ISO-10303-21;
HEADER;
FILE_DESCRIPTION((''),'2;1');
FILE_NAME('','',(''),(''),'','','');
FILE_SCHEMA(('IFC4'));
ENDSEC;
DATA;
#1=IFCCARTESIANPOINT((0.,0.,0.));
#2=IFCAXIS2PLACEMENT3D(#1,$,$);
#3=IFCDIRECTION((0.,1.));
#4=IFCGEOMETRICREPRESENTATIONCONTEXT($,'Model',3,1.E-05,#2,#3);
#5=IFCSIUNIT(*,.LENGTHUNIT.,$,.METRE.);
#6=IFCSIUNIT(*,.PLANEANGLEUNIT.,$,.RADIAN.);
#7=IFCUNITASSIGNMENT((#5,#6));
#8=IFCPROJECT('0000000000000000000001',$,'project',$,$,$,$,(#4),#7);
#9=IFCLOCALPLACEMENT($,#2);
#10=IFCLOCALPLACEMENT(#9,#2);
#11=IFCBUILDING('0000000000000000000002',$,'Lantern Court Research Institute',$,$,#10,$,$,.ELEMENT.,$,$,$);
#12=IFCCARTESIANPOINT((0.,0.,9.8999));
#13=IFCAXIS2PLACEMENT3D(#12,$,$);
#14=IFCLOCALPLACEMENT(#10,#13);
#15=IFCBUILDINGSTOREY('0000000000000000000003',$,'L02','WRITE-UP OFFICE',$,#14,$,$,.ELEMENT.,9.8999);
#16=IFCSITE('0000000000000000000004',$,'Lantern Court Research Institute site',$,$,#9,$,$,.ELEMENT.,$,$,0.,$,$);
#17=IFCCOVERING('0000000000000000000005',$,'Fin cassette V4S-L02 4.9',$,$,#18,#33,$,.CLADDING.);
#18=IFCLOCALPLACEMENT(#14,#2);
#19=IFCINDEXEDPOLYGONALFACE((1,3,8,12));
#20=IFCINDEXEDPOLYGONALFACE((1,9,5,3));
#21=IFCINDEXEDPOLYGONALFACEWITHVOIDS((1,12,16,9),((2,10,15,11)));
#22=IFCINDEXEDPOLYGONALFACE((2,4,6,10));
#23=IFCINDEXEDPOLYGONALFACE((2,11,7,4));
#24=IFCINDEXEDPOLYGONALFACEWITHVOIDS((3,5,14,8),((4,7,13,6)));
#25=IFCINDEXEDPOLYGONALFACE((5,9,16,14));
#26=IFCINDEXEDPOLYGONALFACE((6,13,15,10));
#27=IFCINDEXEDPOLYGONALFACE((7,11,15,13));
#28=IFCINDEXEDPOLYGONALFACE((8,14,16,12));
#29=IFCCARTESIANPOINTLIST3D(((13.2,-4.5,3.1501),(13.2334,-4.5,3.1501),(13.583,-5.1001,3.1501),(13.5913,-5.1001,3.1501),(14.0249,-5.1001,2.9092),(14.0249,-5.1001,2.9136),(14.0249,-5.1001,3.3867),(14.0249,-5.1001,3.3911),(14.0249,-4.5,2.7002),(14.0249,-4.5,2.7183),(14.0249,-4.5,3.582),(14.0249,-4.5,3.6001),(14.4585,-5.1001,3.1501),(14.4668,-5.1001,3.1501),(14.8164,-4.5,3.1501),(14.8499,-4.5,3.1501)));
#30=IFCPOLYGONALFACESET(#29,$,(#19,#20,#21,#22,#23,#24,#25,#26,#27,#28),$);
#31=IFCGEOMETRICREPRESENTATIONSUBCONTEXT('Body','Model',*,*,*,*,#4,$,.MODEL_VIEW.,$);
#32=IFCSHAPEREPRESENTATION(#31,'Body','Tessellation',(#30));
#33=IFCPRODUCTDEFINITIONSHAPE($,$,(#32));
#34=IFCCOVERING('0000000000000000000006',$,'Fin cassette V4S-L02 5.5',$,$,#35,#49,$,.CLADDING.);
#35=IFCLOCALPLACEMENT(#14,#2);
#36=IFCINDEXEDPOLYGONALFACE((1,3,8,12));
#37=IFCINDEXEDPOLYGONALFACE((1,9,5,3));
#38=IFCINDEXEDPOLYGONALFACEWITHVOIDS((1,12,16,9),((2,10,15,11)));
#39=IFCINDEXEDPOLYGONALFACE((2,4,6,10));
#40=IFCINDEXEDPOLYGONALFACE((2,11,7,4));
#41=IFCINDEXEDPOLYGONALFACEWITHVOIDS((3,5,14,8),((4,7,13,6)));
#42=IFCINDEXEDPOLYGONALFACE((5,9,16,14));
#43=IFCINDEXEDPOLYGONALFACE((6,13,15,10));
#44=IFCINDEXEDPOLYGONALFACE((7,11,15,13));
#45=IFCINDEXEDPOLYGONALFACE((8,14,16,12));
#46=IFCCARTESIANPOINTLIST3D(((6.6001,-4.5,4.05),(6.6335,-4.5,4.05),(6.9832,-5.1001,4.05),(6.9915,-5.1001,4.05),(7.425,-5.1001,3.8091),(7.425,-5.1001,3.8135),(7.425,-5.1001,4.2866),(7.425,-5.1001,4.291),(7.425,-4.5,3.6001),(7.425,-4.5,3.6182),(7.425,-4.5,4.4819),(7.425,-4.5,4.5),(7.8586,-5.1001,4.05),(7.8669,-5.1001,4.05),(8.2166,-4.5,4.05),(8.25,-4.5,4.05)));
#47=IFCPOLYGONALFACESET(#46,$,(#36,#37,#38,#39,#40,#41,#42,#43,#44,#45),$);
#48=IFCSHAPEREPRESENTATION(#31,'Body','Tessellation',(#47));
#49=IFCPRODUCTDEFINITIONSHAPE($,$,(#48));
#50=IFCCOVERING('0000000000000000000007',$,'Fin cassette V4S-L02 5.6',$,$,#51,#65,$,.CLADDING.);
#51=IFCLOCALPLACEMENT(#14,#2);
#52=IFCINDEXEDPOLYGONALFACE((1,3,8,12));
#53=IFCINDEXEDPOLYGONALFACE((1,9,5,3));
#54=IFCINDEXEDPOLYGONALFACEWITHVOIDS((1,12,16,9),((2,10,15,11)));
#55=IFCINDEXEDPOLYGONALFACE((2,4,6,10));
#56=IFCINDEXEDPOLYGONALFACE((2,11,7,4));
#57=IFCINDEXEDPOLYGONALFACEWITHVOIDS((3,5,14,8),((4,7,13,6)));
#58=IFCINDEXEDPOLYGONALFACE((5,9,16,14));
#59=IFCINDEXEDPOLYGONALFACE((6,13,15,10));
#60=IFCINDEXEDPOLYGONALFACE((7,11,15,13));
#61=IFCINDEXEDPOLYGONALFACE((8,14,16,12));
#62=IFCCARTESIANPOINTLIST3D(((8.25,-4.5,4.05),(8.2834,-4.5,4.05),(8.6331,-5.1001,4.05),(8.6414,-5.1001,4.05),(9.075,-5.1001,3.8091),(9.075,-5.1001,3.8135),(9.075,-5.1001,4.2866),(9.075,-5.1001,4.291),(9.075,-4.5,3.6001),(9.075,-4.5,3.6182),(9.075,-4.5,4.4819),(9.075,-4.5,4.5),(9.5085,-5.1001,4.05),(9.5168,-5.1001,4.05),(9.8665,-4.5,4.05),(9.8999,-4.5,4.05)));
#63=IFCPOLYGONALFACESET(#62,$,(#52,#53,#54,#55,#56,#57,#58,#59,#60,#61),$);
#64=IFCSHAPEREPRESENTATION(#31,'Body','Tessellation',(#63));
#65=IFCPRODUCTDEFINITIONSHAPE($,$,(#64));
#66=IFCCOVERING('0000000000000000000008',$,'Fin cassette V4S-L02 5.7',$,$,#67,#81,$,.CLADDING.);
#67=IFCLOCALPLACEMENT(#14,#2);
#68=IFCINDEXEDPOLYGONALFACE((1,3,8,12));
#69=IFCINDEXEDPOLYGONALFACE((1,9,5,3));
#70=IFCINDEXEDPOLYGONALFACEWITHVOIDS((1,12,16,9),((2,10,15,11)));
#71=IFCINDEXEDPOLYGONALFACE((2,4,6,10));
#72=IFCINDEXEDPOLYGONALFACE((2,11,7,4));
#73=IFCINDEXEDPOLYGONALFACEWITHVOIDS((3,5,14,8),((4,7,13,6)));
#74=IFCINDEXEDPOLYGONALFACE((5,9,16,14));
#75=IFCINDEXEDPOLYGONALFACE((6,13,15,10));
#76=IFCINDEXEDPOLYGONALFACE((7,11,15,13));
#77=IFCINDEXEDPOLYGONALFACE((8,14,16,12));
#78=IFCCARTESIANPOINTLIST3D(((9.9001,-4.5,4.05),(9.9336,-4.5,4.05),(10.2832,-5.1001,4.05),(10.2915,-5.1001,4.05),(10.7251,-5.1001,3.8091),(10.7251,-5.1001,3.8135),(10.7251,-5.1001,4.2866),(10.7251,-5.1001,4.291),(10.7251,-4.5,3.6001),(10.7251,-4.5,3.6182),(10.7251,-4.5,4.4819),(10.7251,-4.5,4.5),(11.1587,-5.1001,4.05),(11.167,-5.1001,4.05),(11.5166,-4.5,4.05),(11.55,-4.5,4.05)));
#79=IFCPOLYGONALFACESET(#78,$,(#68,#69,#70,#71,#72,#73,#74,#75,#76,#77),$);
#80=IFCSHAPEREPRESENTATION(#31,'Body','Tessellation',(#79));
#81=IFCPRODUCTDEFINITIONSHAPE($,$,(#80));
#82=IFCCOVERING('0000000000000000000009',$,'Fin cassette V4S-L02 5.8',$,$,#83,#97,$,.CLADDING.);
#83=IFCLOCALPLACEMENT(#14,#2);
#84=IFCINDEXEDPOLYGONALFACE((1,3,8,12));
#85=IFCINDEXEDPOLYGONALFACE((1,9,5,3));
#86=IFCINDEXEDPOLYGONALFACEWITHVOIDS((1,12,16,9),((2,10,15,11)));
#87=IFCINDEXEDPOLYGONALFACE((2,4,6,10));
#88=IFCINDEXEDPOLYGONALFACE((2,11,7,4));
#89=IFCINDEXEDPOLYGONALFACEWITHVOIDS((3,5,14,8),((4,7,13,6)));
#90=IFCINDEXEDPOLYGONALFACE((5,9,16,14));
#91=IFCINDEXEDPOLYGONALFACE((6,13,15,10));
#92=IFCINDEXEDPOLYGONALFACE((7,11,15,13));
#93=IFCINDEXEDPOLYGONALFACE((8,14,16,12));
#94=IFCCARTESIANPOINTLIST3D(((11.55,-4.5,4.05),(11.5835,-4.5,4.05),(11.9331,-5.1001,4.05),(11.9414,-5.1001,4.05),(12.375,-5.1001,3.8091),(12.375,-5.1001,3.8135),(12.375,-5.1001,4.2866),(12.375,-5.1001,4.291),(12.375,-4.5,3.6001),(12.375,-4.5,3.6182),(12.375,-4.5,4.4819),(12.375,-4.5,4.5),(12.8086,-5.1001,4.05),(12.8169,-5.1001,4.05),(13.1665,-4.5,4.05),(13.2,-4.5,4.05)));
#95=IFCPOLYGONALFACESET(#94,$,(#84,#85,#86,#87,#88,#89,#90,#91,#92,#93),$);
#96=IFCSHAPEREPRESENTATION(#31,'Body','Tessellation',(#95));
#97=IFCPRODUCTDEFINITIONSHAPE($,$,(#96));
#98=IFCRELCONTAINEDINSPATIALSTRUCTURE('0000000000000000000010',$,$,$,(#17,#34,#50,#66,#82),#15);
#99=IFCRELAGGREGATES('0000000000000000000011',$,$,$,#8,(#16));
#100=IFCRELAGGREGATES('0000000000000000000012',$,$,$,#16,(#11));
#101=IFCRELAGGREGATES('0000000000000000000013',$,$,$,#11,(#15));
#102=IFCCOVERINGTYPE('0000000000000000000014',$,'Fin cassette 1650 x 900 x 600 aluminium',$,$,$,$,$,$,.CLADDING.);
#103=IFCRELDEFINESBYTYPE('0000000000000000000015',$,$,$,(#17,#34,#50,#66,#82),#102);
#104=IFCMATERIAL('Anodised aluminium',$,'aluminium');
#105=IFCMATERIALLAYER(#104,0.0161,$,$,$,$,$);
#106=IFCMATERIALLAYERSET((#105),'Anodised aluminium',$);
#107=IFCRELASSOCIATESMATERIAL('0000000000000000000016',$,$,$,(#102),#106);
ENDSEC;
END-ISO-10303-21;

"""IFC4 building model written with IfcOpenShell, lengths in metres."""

from ifc_helpers import new_model, entity, si_unit, direction, frame, origin, place, context, subcontext, project, spatial, material, layer, layer_set, type_object, element, save


model = new_model("IFC4")

# Units and contexts
model_context = context("Model", 3, precision=1e-05, world=origin(), true_north=direction((0.0, 1.0)))
body_context = subcontext(model_context, "Body", "Model", "MODEL_VIEW")
ifc_project = project(units=[si_unit("LENGTHUNIT", "METRE"), si_unit("PLANEANGLEUNIT", "RADIAN")], contexts=[model_context])

# Site, building, storey
site_placement = place(None, origin())
site = spatial("IfcSite", under=ifc_project, at=site_placement, Name="Lantern Court Research Institute site", CompositionType="ELEMENT", RefElevation=0.0)
building_placement = place(site_placement, origin())
building = spatial("IfcBuilding", under=site, at=building_placement, Name="Lantern Court Research Institute", CompositionType="ELEMENT")
storey_placement = place(building_placement, frame((0.0, 0.0, 9.8999)))
storey = spatial("IfcBuildingStorey", under=building, at=storey_placement, Name="L02", Description="WRITE-UP OFFICE", CompositionType="ELEMENT", Elevation=9.8999)

# Coverings
ifc_material_1 = material(Name="Anodised aluminium", Category="aluminium")
ifc_layer_1 = layer(ifc_material_1, 0.0161)
ifc_layer_set_1 = layer_set([ifc_layer_1], Name="Anodised aluminium")
covering_type = type_object("IfcCoveringType", Name="Fin cassette 1650 x 900 x 600 aluminium", PredefinedType="CLADDING", material=ifc_layer_set_1)
covering_1_placement = place(storey_placement, frame((14.0249, -4.5, 3.1501), z_axis=(0.0, -1.0, 0.0), x_axis=(1.0, 0.0, 0.0)))
cartesian_point_1 = entity("IfcCartesianPoint", [0.825, 0.0])
cartesian_point_2 = entity("IfcCartesianPoint", [0.7915, 0.0])
cartesian_point_3 = entity("IfcCartesianPoint", [0.4419, 0.0])
cartesian_point_4 = entity("IfcCartesianPoint", [0.4336, 0.0])
element("IfcCovering", 1, at=covering_1_placement, inside=storey, type_object=covering_type, Name="Fin cassette V4S-L02 4.9", PredefinedType="CLADDING", context=body_context, shape_type="SweptSolid", body=[
    entity("IfcExtrudedAreaSolidTapered", entity("IfcArbitraryProfileDefWithVoids", "AREA", None, entity("IfcPolyline", [cartesian_point_1, entity("IfcCartesianPoint", [0.0, 0.45]), entity("IfcCartesianPoint", [-0.825, 0.0]), entity("IfcCartesianPoint", [0.0, -0.45]), cartesian_point_1]), [entity("IfcPolyline", [cartesian_point_2, entity("IfcCartesianPoint", [0.0, 0.4319]), entity("IfcCartesianPoint", [-0.7915, 0.0]), entity("IfcCartesianPoint", [0.0, -0.4319]), cartesian_point_2])]), entity("IfcAxis2Placement3D", entity("IfcCartesianPoint", [0.0, 0.0, 0.0])), entity("IfcDirection", [0.0, 0.0, 1.0]), 0.6001, entity("IfcArbitraryProfileDefWithVoids", "AREA", None, entity("IfcPolyline", [cartesian_point_3, entity("IfcCartesianPoint", [0.0, 0.241]), entity("IfcCartesianPoint", [-0.4419, 0.0]), entity("IfcCartesianPoint", [0.0, -0.241]), cartesian_point_3]), [entity("IfcPolyline", [cartesian_point_4, entity("IfcCartesianPoint", [0.0, 0.2366]), entity("IfcCartesianPoint", [-0.4336, 0.0]), entity("IfcCartesianPoint", [0.0, -0.2366]), cartesian_point_4])])),
])
covering_2_placement = place(storey_placement, frame((7.425, -4.5, 4.05), z_axis=(0.0, -1.0, 0.0), x_axis=(1.0, 0.0, 0.0)))
cartesian_point_5 = entity("IfcCartesianPoint", [0.825, 0.0])
cartesian_point_6 = entity("IfcCartesianPoint", [0.7915, 0.0])
cartesian_point_7 = entity("IfcCartesianPoint", [0.4419, 0.0])
cartesian_point_8 = entity("IfcCartesianPoint", [0.4336, 0.0])
element("IfcCovering", 2, at=covering_2_placement, inside=storey, type_object=covering_type, Name="Fin cassette V4S-L02 5.5", PredefinedType="CLADDING", context=body_context, shape_type="SweptSolid", body=[
    entity("IfcExtrudedAreaSolidTapered", entity("IfcArbitraryProfileDefWithVoids", "AREA", None, entity("IfcPolyline", [cartesian_point_5, entity("IfcCartesianPoint", [0.0, 0.45]), entity("IfcCartesianPoint", [-0.825, 0.0]), entity("IfcCartesianPoint", [0.0, -0.45]), cartesian_point_5]), [entity("IfcPolyline", [cartesian_point_6, entity("IfcCartesianPoint", [0.0, 0.4319]), entity("IfcCartesianPoint", [-0.7915, 0.0]), entity("IfcCartesianPoint", [0.0, -0.4319]), cartesian_point_6])]), entity("IfcAxis2Placement3D", entity("IfcCartesianPoint", [0.0, 0.0, 0.0])), entity("IfcDirection", [0.0, 0.0, 1.0]), 0.6001, entity("IfcArbitraryProfileDefWithVoids", "AREA", None, entity("IfcPolyline", [cartesian_point_7, entity("IfcCartesianPoint", [0.0, 0.241]), entity("IfcCartesianPoint", [-0.4419, 0.0]), entity("IfcCartesianPoint", [0.0, -0.241]), cartesian_point_7]), [entity("IfcPolyline", [cartesian_point_8, entity("IfcCartesianPoint", [0.0, 0.2366]), entity("IfcCartesianPoint", [-0.4336, 0.0]), entity("IfcCartesianPoint", [0.0, -0.2366]), cartesian_point_8])])),
])
covering_3_placement = place(storey_placement, frame((9.075, -4.5, 4.05), z_axis=(0.0, -1.0, 0.0), x_axis=(1.0, 0.0, 0.0)))
cartesian_point_9 = entity("IfcCartesianPoint", [0.825, 0.0])
cartesian_point_10 = entity("IfcCartesianPoint", [0.7915, 0.0])
cartesian_point_11 = entity("IfcCartesianPoint", [0.4419, 0.0])
cartesian_point_12 = entity("IfcCartesianPoint", [0.4336, 0.0])
element("IfcCovering", 3, at=covering_3_placement, inside=storey, type_object=covering_type, Name="Fin cassette V4S-L02 5.6", PredefinedType="CLADDING", context=body_context, shape_type="SweptSolid", body=[
    entity("IfcExtrudedAreaSolidTapered", entity("IfcArbitraryProfileDefWithVoids", "AREA", None, entity("IfcPolyline", [cartesian_point_9, entity("IfcCartesianPoint", [0.0, 0.45]), entity("IfcCartesianPoint", [-0.825, 0.0]), entity("IfcCartesianPoint", [0.0, -0.45]), cartesian_point_9]), [entity("IfcPolyline", [cartesian_point_10, entity("IfcCartesianPoint", [0.0, 0.4319]), entity("IfcCartesianPoint", [-0.7915, 0.0]), entity("IfcCartesianPoint", [0.0, -0.4319]), cartesian_point_10])]), entity("IfcAxis2Placement3D", entity("IfcCartesianPoint", [0.0, 0.0, 0.0])), entity("IfcDirection", [0.0, 0.0, 1.0]), 0.6001, entity("IfcArbitraryProfileDefWithVoids", "AREA", None, entity("IfcPolyline", [cartesian_point_11, entity("IfcCartesianPoint", [0.0, 0.241]), entity("IfcCartesianPoint", [-0.4419, 0.0]), entity("IfcCartesianPoint", [0.0, -0.241]), cartesian_point_11]), [entity("IfcPolyline", [cartesian_point_12, entity("IfcCartesianPoint", [0.0, 0.2366]), entity("IfcCartesianPoint", [-0.4336, 0.0]), entity("IfcCartesianPoint", [0.0, -0.2366]), cartesian_point_12])])),
])
covering_4_placement = place(storey_placement, frame((10.7251, -4.5, 4.05), z_axis=(0.0, -1.0, 0.0), x_axis=(1.0, 0.0, 0.0)))
cartesian_point_13 = entity("IfcCartesianPoint", [0.825, 0.0])
cartesian_point_14 = entity("IfcCartesianPoint", [0.7915, 0.0])
cartesian_point_15 = entity("IfcCartesianPoint", [0.4419, 0.0])
cartesian_point_16 = entity("IfcCartesianPoint", [0.4336, 0.0])
element("IfcCovering", 4, at=covering_4_placement, inside=storey, type_object=covering_type, Name="Fin cassette V4S-L02 5.7", PredefinedType="CLADDING", context=body_context, shape_type="SweptSolid", body=[
    entity("IfcExtrudedAreaSolidTapered", entity("IfcArbitraryProfileDefWithVoids", "AREA", None, entity("IfcPolyline", [cartesian_point_13, entity("IfcCartesianPoint", [0.0, 0.45]), entity("IfcCartesianPoint", [-0.825, 0.0]), entity("IfcCartesianPoint", [0.0, -0.45]), cartesian_point_13]), [entity("IfcPolyline", [cartesian_point_14, entity("IfcCartesianPoint", [0.0, 0.4319]), entity("IfcCartesianPoint", [-0.7915, 0.0]), entity("IfcCartesianPoint", [0.0, -0.4319]), cartesian_point_14])]), entity("IfcAxis2Placement3D", entity("IfcCartesianPoint", [0.0, 0.0, 0.0])), entity("IfcDirection", [0.0, 0.0, 1.0]), 0.6001, entity("IfcArbitraryProfileDefWithVoids", "AREA", None, entity("IfcPolyline", [cartesian_point_15, entity("IfcCartesianPoint", [0.0, 0.241]), entity("IfcCartesianPoint", [-0.4419, 0.0]), entity("IfcCartesianPoint", [0.0, -0.241]), cartesian_point_15]), [entity("IfcPolyline", [cartesian_point_16, entity("IfcCartesianPoint", [0.0, 0.2366]), entity("IfcCartesianPoint", [-0.4336, 0.0]), entity("IfcCartesianPoint", [0.0, -0.2366]), cartesian_point_16])])),
])
covering_5_placement = place(storey_placement, frame((12.375, -4.5, 4.05), z_axis=(0.0, -1.0, 0.0), x_axis=(1.0, 0.0, 0.0)))
cartesian_point_17 = entity("IfcCartesianPoint", [0.825, 0.0])
cartesian_point_18 = entity("IfcCartesianPoint", [0.7915, 0.0])
cartesian_point_19 = entity("IfcCartesianPoint", [0.4419, 0.0])
cartesian_point_20 = entity("IfcCartesianPoint", [0.4336, 0.0])
element("IfcCovering", 5, at=covering_5_placement, inside=storey, type_object=covering_type, Name="Fin cassette V4S-L02 5.8", PredefinedType="CLADDING", context=body_context, shape_type="SweptSolid", body=[
    entity("IfcExtrudedAreaSolidTapered", entity("IfcArbitraryProfileDefWithVoids", "AREA", None, entity("IfcPolyline", [cartesian_point_17, entity("IfcCartesianPoint", [0.0, 0.45]), entity("IfcCartesianPoint", [-0.825, 0.0]), entity("IfcCartesianPoint", [0.0, -0.45]), cartesian_point_17]), [entity("IfcPolyline", [cartesian_point_18, entity("IfcCartesianPoint", [0.0, 0.4319]), entity("IfcCartesianPoint", [-0.7915, 0.0]), entity("IfcCartesianPoint", [0.0, -0.4319]), cartesian_point_18])]), entity("IfcAxis2Placement3D", entity("IfcCartesianPoint", [0.0, 0.0, 0.0])), entity("IfcDirection", [0.0, 0.0, 1.0]), 0.6001, entity("IfcArbitraryProfileDefWithVoids", "AREA", None, entity("IfcPolyline", [cartesian_point_19, entity("IfcCartesianPoint", [0.0, 0.241]), entity("IfcCartesianPoint", [-0.4419, 0.0]), entity("IfcCartesianPoint", [0.0, -0.241]), cartesian_point_19]), [entity("IfcPolyline", [cartesian_point_20, entity("IfcCartesianPoint", [0.0, 0.2366]), entity("IfcCartesianPoint", [-0.4336, 0.0]), entity("IfcCartesianPoint", [0.0, -0.2366]), cartesian_point_20])])),
])

save(model, "model.ifc")
